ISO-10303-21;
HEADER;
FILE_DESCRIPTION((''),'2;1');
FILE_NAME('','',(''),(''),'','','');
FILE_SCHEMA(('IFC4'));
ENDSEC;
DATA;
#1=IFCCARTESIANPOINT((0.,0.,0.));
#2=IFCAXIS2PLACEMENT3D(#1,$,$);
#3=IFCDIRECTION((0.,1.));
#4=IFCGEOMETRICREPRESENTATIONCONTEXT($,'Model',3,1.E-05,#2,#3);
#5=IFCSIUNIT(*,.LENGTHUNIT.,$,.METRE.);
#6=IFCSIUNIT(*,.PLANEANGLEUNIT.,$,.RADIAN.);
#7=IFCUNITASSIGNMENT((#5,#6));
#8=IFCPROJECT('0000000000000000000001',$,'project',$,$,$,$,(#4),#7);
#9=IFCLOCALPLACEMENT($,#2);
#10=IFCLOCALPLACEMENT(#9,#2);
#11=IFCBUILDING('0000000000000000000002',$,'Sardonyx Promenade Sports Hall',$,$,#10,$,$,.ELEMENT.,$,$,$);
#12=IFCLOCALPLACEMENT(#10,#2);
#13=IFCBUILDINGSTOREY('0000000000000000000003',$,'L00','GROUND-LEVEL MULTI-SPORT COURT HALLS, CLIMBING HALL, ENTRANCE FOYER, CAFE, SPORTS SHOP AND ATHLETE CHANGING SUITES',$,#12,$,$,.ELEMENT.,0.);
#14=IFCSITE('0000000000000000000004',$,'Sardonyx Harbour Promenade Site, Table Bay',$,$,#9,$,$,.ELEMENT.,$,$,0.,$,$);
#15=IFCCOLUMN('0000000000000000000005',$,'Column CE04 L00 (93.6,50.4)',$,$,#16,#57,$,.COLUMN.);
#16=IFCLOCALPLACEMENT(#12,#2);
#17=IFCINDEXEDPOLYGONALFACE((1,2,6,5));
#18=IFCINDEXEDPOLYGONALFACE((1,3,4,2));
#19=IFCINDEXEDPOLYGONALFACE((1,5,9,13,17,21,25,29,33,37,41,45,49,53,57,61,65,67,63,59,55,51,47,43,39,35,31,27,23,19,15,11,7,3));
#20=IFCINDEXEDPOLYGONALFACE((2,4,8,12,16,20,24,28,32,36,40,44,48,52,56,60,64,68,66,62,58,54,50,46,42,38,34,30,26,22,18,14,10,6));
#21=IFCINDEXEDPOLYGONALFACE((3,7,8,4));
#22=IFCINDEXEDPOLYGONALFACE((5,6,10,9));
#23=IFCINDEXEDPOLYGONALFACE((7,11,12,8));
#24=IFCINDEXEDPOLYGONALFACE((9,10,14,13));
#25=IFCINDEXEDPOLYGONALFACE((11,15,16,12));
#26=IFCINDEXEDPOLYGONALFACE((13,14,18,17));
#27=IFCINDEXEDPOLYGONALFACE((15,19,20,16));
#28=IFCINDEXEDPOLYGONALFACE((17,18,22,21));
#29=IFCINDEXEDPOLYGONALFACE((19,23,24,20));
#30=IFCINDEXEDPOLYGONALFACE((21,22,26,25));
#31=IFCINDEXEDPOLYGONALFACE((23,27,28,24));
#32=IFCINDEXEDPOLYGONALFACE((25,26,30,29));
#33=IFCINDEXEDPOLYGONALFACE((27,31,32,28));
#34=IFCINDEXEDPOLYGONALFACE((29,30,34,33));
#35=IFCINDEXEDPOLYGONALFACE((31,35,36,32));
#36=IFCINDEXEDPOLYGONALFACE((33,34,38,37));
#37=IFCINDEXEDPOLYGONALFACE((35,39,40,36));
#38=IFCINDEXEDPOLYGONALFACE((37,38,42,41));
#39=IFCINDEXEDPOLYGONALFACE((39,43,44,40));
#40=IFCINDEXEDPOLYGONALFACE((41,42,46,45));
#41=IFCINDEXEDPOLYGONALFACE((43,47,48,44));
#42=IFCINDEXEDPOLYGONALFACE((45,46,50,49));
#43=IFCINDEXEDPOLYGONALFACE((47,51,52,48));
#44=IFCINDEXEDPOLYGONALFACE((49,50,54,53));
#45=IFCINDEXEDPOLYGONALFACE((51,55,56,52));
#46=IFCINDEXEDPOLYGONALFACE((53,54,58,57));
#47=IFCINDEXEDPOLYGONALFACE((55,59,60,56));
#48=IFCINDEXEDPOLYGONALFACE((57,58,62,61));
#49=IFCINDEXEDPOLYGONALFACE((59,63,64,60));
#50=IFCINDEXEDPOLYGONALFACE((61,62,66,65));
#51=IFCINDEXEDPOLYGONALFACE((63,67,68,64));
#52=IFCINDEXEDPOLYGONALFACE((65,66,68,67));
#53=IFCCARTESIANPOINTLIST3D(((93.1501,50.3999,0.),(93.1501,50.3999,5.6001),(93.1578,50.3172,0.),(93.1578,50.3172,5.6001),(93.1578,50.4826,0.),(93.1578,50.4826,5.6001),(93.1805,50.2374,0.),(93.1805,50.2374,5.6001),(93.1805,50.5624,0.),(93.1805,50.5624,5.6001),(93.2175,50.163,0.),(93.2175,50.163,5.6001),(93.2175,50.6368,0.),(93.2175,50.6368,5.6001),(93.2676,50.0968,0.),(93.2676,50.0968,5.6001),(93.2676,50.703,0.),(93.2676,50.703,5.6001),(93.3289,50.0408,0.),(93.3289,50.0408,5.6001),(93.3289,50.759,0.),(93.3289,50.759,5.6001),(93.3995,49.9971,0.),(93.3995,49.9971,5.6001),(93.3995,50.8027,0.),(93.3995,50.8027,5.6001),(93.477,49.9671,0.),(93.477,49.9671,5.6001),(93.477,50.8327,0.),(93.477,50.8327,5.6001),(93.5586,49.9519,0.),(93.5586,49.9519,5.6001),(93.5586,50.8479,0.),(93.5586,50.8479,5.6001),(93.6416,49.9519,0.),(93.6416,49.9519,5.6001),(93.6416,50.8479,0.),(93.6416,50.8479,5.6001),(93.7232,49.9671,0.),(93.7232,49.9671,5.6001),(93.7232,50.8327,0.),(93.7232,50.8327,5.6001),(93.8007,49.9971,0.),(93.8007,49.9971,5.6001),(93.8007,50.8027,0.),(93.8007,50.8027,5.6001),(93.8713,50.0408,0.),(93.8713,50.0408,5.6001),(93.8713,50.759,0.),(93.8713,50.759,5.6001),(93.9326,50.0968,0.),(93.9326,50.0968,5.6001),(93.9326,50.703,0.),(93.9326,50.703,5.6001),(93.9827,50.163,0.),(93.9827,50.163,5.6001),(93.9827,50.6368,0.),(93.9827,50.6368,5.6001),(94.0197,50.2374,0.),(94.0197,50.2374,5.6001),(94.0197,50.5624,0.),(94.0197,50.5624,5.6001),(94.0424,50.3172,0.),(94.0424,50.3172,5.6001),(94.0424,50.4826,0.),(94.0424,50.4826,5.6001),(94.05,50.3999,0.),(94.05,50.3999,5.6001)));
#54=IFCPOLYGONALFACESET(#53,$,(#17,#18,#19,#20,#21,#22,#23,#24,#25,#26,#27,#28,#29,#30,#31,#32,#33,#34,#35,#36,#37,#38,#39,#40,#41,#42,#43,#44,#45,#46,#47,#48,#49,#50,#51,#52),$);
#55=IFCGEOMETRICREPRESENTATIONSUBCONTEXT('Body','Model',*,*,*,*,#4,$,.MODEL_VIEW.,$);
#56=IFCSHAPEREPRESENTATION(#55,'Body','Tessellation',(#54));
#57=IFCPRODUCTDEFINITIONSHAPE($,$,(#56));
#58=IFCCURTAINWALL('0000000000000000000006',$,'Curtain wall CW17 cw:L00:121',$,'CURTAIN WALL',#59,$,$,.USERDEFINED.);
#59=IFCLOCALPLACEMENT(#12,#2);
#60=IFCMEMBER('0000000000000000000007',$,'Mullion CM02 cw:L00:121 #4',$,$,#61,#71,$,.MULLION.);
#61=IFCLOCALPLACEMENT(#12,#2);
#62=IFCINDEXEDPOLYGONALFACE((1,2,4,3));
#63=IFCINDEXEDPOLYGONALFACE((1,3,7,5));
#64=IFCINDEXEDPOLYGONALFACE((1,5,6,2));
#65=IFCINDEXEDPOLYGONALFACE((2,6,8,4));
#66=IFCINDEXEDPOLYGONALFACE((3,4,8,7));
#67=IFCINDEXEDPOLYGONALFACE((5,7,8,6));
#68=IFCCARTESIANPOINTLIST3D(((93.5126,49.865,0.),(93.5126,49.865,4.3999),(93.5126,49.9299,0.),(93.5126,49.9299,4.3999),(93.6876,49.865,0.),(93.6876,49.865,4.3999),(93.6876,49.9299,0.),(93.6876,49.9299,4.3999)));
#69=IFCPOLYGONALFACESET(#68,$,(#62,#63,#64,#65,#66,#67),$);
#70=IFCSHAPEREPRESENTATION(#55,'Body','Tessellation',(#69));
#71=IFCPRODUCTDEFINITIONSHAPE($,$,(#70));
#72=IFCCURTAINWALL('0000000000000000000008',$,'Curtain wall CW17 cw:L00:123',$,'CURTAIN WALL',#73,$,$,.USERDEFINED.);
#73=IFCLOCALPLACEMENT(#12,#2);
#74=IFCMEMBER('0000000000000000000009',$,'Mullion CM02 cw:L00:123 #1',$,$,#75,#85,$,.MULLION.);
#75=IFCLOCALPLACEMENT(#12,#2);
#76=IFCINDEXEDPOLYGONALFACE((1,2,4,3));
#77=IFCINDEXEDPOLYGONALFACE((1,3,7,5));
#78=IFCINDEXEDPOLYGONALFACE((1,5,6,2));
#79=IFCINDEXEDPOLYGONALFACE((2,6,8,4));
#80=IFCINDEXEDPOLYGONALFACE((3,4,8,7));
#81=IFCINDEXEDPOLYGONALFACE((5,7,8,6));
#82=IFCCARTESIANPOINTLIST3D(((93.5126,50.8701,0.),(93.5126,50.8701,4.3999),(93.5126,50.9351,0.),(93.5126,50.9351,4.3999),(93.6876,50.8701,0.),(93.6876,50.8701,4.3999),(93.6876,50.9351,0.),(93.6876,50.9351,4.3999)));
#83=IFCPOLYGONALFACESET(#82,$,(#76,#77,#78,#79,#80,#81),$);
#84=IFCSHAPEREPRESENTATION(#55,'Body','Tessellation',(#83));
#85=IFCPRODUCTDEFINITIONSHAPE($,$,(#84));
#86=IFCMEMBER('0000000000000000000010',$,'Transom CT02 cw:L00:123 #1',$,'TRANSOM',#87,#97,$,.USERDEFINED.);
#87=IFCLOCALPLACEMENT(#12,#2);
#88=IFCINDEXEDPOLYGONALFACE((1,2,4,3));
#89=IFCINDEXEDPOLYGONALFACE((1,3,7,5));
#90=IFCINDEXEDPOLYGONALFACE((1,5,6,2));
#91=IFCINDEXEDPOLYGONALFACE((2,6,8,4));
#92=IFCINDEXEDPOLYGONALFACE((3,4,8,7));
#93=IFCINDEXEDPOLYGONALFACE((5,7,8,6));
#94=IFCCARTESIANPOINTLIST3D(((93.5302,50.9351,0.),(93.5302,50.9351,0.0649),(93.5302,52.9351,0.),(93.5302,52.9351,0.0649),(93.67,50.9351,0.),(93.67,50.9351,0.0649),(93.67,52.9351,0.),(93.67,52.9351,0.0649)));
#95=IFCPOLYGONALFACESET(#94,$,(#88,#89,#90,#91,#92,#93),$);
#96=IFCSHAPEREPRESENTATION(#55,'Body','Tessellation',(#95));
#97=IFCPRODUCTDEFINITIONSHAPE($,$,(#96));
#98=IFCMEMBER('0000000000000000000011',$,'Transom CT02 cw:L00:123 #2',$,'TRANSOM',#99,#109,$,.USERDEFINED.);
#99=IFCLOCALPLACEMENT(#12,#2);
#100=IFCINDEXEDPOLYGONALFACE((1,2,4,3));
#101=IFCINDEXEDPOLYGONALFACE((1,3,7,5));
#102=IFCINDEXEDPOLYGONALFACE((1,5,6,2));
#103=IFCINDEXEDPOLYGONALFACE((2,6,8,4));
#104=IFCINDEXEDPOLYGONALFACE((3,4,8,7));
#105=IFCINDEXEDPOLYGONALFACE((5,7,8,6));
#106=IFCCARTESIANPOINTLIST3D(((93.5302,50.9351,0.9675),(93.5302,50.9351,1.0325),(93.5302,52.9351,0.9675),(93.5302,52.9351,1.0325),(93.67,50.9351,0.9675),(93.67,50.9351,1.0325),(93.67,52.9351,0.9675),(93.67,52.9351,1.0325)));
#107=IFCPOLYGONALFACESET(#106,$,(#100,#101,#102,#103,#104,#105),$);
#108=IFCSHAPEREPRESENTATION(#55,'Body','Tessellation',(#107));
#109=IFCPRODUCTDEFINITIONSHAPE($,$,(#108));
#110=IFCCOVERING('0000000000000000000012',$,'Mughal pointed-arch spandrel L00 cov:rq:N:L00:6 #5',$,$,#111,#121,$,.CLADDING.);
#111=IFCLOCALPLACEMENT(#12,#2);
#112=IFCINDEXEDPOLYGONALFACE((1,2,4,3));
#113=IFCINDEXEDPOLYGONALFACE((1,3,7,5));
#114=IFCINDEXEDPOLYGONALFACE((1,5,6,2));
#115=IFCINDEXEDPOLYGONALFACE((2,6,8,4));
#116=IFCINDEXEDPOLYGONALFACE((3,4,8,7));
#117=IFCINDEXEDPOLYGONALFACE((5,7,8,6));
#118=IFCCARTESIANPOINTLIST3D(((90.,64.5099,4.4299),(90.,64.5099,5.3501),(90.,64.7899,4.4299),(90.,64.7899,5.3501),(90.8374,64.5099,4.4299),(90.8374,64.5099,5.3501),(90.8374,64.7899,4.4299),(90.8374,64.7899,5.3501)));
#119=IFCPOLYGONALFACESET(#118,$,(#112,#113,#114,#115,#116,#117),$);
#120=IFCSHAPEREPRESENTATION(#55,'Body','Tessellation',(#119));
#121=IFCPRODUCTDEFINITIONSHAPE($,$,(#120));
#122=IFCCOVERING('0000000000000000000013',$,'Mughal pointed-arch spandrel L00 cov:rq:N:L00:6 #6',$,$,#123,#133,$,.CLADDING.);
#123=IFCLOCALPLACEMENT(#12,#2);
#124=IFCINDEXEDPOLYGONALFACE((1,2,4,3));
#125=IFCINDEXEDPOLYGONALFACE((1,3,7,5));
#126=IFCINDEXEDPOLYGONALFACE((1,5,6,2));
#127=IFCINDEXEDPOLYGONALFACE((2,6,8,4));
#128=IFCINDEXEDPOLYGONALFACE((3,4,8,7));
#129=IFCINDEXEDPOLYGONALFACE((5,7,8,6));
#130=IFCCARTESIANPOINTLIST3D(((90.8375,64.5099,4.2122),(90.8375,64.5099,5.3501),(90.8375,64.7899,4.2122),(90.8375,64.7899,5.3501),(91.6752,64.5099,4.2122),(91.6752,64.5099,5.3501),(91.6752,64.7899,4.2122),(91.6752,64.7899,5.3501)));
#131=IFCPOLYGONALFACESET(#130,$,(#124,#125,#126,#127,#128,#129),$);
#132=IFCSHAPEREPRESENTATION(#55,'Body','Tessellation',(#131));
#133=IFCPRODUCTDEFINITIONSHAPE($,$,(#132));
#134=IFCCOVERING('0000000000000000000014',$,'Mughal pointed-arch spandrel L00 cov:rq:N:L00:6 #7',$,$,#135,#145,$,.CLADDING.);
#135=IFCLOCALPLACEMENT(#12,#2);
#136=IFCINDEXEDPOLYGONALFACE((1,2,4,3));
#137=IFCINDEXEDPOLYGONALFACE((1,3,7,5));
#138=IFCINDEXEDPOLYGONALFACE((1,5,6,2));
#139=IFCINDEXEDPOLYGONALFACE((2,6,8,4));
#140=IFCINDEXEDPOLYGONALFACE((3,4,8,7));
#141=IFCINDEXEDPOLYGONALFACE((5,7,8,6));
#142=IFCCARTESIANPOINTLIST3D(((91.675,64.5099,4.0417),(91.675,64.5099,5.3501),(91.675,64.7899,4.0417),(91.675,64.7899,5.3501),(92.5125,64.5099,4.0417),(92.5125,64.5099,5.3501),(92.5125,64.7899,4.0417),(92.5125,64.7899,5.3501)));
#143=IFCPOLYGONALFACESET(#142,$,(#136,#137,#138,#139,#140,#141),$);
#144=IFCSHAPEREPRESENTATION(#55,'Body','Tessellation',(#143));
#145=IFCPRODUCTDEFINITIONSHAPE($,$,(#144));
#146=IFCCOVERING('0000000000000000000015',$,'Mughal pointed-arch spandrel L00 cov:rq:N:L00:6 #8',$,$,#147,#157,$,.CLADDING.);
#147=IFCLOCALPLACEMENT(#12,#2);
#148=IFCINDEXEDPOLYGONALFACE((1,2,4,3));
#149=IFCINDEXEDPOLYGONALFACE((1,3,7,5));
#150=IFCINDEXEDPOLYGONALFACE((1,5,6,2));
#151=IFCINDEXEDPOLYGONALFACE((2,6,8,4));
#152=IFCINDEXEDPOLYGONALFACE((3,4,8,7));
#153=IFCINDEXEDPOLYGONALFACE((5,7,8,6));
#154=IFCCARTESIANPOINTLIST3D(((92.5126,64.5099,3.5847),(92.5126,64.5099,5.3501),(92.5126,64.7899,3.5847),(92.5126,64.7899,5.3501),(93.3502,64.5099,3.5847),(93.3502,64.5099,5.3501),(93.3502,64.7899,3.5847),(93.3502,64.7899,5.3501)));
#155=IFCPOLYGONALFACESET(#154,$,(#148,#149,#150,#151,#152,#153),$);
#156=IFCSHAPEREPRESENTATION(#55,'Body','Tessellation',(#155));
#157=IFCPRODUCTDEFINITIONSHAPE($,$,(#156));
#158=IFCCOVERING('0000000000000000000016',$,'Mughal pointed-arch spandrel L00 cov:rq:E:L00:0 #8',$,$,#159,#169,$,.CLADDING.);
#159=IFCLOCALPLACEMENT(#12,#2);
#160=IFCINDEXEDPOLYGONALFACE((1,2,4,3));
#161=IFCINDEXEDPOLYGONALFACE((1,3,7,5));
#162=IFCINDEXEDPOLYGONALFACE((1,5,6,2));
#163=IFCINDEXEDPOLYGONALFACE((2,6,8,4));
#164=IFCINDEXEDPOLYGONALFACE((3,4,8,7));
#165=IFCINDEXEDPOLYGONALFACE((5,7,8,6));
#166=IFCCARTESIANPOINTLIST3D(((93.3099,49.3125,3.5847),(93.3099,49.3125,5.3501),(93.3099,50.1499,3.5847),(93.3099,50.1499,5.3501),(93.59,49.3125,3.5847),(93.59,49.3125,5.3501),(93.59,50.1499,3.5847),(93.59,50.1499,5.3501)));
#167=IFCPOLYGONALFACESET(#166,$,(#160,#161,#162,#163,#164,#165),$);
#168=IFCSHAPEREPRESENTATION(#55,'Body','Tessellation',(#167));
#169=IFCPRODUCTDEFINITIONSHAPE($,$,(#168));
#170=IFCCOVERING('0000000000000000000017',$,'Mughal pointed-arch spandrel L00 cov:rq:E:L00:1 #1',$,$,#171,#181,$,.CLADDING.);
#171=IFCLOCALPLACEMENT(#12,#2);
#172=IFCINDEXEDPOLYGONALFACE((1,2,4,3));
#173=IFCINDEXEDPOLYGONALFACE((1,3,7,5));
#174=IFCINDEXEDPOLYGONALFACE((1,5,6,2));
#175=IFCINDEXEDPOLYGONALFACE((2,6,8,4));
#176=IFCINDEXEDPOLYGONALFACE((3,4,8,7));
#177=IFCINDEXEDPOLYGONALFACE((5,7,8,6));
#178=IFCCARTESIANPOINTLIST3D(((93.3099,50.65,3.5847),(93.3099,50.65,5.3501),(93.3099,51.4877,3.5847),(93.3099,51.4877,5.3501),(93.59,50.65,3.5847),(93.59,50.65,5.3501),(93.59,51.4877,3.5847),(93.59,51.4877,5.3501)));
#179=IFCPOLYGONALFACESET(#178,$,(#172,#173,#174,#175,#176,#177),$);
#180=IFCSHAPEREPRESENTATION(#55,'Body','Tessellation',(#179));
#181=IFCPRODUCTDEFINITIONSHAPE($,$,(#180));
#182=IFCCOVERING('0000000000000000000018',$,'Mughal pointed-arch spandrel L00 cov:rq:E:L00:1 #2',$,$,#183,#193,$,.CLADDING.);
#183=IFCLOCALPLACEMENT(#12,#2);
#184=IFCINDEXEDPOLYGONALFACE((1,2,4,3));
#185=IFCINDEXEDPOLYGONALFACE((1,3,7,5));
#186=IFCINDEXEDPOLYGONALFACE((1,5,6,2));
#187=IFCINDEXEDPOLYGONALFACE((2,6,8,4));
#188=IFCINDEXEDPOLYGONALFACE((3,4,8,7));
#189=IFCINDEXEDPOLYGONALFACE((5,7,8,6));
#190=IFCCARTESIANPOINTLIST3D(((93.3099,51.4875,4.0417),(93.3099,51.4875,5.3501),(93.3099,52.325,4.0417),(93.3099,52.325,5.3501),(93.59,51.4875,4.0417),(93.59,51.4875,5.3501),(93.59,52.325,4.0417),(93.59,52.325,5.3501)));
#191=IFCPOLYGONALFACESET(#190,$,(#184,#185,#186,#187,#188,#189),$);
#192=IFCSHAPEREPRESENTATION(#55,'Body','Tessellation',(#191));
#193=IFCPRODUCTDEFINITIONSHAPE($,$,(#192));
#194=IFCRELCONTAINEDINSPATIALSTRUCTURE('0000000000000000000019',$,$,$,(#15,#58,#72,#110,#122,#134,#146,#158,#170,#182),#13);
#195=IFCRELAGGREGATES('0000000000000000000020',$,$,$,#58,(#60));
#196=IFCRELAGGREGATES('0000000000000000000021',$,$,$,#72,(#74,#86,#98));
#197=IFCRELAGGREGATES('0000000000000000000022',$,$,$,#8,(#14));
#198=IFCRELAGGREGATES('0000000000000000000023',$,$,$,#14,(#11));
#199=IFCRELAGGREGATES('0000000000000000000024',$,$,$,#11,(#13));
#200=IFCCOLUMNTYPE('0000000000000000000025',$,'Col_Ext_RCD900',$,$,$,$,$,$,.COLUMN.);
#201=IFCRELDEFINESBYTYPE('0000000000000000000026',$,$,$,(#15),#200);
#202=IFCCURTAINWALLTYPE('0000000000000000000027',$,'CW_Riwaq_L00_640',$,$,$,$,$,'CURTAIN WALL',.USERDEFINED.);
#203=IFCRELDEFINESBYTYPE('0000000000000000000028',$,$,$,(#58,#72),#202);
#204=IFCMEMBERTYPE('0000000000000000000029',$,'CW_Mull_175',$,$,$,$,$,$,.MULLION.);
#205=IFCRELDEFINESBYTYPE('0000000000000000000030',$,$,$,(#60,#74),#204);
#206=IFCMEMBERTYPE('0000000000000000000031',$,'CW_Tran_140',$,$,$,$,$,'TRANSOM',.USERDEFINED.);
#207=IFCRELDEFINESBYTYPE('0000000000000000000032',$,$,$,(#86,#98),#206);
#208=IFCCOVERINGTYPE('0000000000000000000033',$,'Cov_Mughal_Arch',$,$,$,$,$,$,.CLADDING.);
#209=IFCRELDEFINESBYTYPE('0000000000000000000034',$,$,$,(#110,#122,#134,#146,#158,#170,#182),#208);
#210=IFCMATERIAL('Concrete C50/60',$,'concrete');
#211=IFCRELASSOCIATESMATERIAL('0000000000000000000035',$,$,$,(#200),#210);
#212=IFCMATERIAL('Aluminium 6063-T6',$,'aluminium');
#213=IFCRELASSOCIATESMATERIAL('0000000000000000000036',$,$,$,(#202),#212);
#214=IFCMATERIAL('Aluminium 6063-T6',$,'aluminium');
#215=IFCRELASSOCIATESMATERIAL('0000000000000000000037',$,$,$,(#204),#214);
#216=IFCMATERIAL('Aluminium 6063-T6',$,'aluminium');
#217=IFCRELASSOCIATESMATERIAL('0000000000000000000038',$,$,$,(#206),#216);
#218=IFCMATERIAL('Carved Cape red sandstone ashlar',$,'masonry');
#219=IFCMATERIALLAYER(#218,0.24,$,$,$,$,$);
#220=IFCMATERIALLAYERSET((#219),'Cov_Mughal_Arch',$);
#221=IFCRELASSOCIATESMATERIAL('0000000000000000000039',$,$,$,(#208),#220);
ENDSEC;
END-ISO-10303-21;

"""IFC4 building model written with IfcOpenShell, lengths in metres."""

from ifc_helpers import new_model, si_unit, direction, frame, frame_2d, origin, origin_2d, place, context, subcontext, project, spatial, rectangle, circle, extrude, material, layer, layer_set, material_profile, profile_set, type_object, element, aggregate, save


model = new_model("IFC4")

# Units and contexts
model_context = context("Model", 3, precision=1e-05, world=origin(), true_north=direction((0.0, 1.0)))
body_context = subcontext(model_context, "Body", "Model", "MODEL_VIEW")
ifc_project = project(units=[si_unit("LENGTHUNIT", "METRE"), si_unit("PLANEANGLEUNIT", "RADIAN")], contexts=[model_context])

# Site, building, storey
site_placement = place(None, origin())
site = spatial("IfcSite", under=ifc_project, at=site_placement, Name="Sardonyx Harbour Promenade Site, Table Bay", CompositionType="ELEMENT", RefElevation=0.0)
building_placement = place(site_placement, origin())
building = spatial("IfcBuilding", under=site, at=building_placement, Name="Sardonyx Promenade Sports Hall", CompositionType="ELEMENT")
storey_placement = place(building_placement, origin())
storey = spatial("IfcBuildingStorey", under=building, at=storey_placement, Name="L00", Description="GROUND-LEVEL MULTI-SPORT COURT HALLS, CLIMBING HALL, ENTRANCE FOYER, CAFE, SPORTS SHOP AND ATHLETE CHANGING SUITES", CompositionType="ELEMENT", Elevation=0.0)

# Column
ifc_material_1 = material(Name="Concrete C50/60", Category="concrete")
ifc_material_profile_1 = material_profile(ifc_material_1, circle(Radius=0.45, at=origin_2d()))
ifc_profile_set_1 = profile_set([ifc_material_profile_1], Name="Concrete C50/60")
column_type = type_object("IfcColumnType", Name="Col_Ext_RCD900", PredefinedType="COLUMN", material=ifc_profile_set_1)
column_placement = place(storey_placement, frame((93.6001, 50.3999, 0.0), z_axis=(0.0, 0.0, 1.0), x_axis=(1.0, 0.0, 0.0)))
element("IfcColumn", 1, at=column_placement, inside=storey, type_object=column_type, Name="Column CE04 L00 (93.6,50.4)", PredefinedType="COLUMN", context=body_context, shape_type="SweptSolid", body=[
    extrude(circle(Radius=0.45, at=origin_2d()), origin(), (0.0, 0.0, 1.0), 5.6001),
])

# Curtain wall, member
ifc_material_2 = material(Name="Aluminium 6063-T6", Category="aluminium")
curtain_wall_type = type_object("IfcCurtainWallType", Name="CW_Riwaq_L00_640", ElementType="CURTAIN WALL", PredefinedType="USERDEFINED", material=ifc_material_2)
curtain_wall_1_placement = place(storey_placement, origin())
curtain_wall_1 = element("IfcCurtainWall", 2, at=curtain_wall_1_placement, inside=storey, type_object=curtain_wall_type, Name="Curtain wall CW17 cw:L00:121", ObjectType="CURTAIN WALL", PredefinedType="USERDEFINED")
ifc_material_3 = material(Name="Aluminium 6063-T6", Category="aluminium")
ifc_material_profile_2 = material_profile(ifc_material_3, rectangle(XDim=0.0649, YDim=0.175, at=origin_2d()))
ifc_profile_set_2 = profile_set([ifc_material_profile_2], Name="Aluminium 6063-T6")
member_type_1 = type_object("IfcMemberType", Name="CW_Mull_175", PredefinedType="MULLION", material=ifc_profile_set_2)
member_1_placement = place(storey_placement, frame((93.6001, 49.8975, 0.0), z_axis=(0.0, 0.0, 1.0), x_axis=(0.0, 1.0, 0.0)))
member_1 = element("IfcMember", 3, at=member_1_placement, type_object=member_type_1, Name="Mullion CM02 cw:L00:121 #4", PredefinedType="MULLION", context=body_context, shape_type="SweptSolid", body=[
    extrude(rectangle(XDim=0.0649, YDim=0.175, at=origin_2d()), origin(), (0.0, 0.0, 1.0), 4.3999),
])
aggregate(curtain_wall_1, [member_1])

# Curtain wall, members
curtain_wall_2_placement = place(storey_placement, origin())
curtain_wall_2 = element("IfcCurtainWall", 4, at=curtain_wall_2_placement, inside=storey, type_object=curtain_wall_type, Name="Curtain wall CW17 cw:L00:123", ObjectType="CURTAIN WALL", PredefinedType="USERDEFINED")
member_2_placement = place(storey_placement, frame((93.6001, 50.9026, 0.0), z_axis=(0.0, 0.0, 1.0), x_axis=(0.0, 1.0, 0.0)))
member_2 = element("IfcMember", 5, at=member_2_placement, type_object=member_type_1, Name="Mullion CM02 cw:L00:123 #1", PredefinedType="MULLION", context=body_context, shape_type="SweptSolid", body=[
    extrude(rectangle(XDim=0.0649, YDim=0.175, at=origin_2d()), origin(), (0.0, 0.0, 1.0), 4.3999),
])
ifc_material_4 = material(Name="Aluminium 6063-T6", Category="aluminium")
ifc_material_profile_3 = material_profile(ifc_material_4, rectangle(XDim=0.0649, YDim=0.1399, at=origin_2d()))
ifc_profile_set_3 = profile_set([ifc_material_profile_3], Name="Aluminium 6063-T6")
member_type_2 = type_object("IfcMemberType", Name="CW_Tran_140", ElementType="TRANSOM", PredefinedType="USERDEFINED", material=ifc_profile_set_3)
member_3_placement = place(storey_placement, frame((93.6001, 50.9351, 0.0325), z_axis=(0.0, 1.0, 0.0), x_axis=(0.0, 0.0, 1.0)))
member_3 = element("IfcMember", 6, at=member_3_placement, type_object=member_type_2, Name="Transom CT02 cw:L00:123 #1", ObjectType="TRANSOM", PredefinedType="USERDEFINED", context=body_context, shape_type="SweptSolid", body=[
    extrude(rectangle(XDim=0.0649, YDim=0.1399, at=origin_2d()), origin(), (0.0, 0.0, 1.0), 2.0),
])
member_4_placement = place(storey_placement, frame((93.6001, 50.9351, 1.0), z_axis=(0.0, 1.0, 0.0), x_axis=(0.0, 0.0, 1.0)))
member_4 = element("IfcMember", 7, at=member_4_placement, type_object=member_type_2, Name="Transom CT02 cw:L00:123 #2", ObjectType="TRANSOM", PredefinedType="USERDEFINED", context=body_context, shape_type="SweptSolid", body=[
    extrude(rectangle(XDim=0.0649, YDim=0.1399, at=origin_2d()), origin(), (0.0, 0.0, 1.0), 2.0),
])
aggregate(curtain_wall_2, [member_2, member_3, member_4])

# Coverings
ifc_material_5 = material(Name="Carved Cape red sandstone ashlar", Category="masonry")
ifc_layer = layer(ifc_material_5, 0.24)
ifc_layer_set = layer_set([ifc_layer], Name="Cov_Mughal_Arch")
covering_type = type_object("IfcCoveringType", Name="Cov_Mughal_Arch", PredefinedType="CLADDING", material=ifc_layer_set)
covering_1_placement = place(storey_placement, frame((90.0, 64.6499, 4.4299), z_axis=(0.0, 0.0, 1.0), x_axis=(1.0, 0.0, 0.0)))
element("IfcCovering", 8, at=covering_1_placement, inside=storey, type_object=covering_type, Name="Mughal pointed-arch spandrel L00 cov:rq:N:L00:6 #5", PredefinedType="CLADDING", context=body_context, shape_type="SweptSolid", body=[
    extrude(rectangle(XDim=0.8374, YDim=0.28, at=frame_2d((0.4187, 0.0))), origin(), (0.0, 0.0, 1.0), 0.9202),
])
covering_2_placement = place(storey_placement, frame((90.8374, 64.6499, 4.2122), z_axis=(0.0, 0.0, 1.0), x_axis=(1.0, 0.0, 0.0)))
element("IfcCovering", 9, at=covering_2_placement, inside=storey, type_object=covering_type, Name="Mughal pointed-arch spandrel L00 cov:rq:N:L00:6 #6", PredefinedType="CLADDING", context=body_context, shape_type="SweptSolid", body=[
    extrude(rectangle(XDim=0.8376, YDim=0.28, at=frame_2d((0.4189, 0.0))), origin(), (0.0, 0.0, 1.0), 1.1379),
])
covering_3_placement = place(storey_placement, frame((91.675, 64.6499, 4.0417), z_axis=(0.0, 0.0, 1.0), x_axis=(1.0, 0.0, 0.0)))
element("IfcCovering", 10, at=covering_3_placement, inside=storey, type_object=covering_type, Name="Mughal pointed-arch spandrel L00 cov:rq:N:L00:6 #7", PredefinedType="CLADDING", context=body_context, shape_type="SweptSolid", body=[
    extrude(rectangle(XDim=0.8374, YDim=0.28, at=frame_2d((0.4187, 0.0))), origin(), (0.0, 0.0, 1.0), 1.3083),
])
covering_4_placement = place(storey_placement, frame((92.5125, 64.6499, 3.5847), z_axis=(0.0, 0.0, 1.0), x_axis=(1.0, 0.0, 0.0)))
element("IfcCovering", 11, at=covering_4_placement, inside=storey, type_object=covering_type, Name="Mughal pointed-arch spandrel L00 cov:rq:N:L00:6 #8", PredefinedType="CLADDING", context=body_context, shape_type="SweptSolid", body=[
    extrude(rectangle(XDim=0.8376, YDim=0.28, at=frame_2d((0.4189, 0.0))), origin(), (0.0, 0.0, 1.0), 1.7654),
])
covering_5_placement = place(storey_placement, frame((93.45, 49.3125, 3.5847), z_axis=(0.0, 0.0, 1.0), x_axis=(0.0, 1.0, 0.0)))
element("IfcCovering", 12, at=covering_5_placement, inside=storey, type_object=covering_type, Name="Mughal pointed-arch spandrel L00 cov:rq:E:L00:0 #8", PredefinedType="CLADDING", context=body_context, shape_type="SweptSolid", body=[
    extrude(rectangle(XDim=0.8374, YDim=0.28, at=frame_2d((0.4187, 0.0))), origin(), (0.0, 0.0, 1.0), 1.7654),
])
covering_6_placement = place(storey_placement, frame((93.45, 50.6499, 3.5847), z_axis=(0.0, 0.0, 1.0), x_axis=(0.0, 1.0, 0.0)))
element("IfcCovering", 13, at=covering_6_placement, inside=storey, type_object=covering_type, Name="Mughal pointed-arch spandrel L00 cov:rq:E:L00:1 #1", PredefinedType="CLADDING", context=body_context, shape_type="SweptSolid", body=[
    extrude(rectangle(XDim=0.8376, YDim=0.28, at=frame_2d((0.4189, 0.0))), origin(), (0.0, 0.0, 1.0), 1.7654),
])
covering_7_placement = place(storey_placement, frame((93.45, 51.4875, 4.0417), z_axis=(0.0, 0.0, 1.0), x_axis=(0.0, 1.0, 0.0)))
element("IfcCovering", 14, at=covering_7_placement, inside=storey, type_object=covering_type, Name="Mughal pointed-arch spandrel L00 cov:rq:E:L00:1 #2", PredefinedType="CLADDING", context=body_context, shape_type="SweptSolid", body=[
    extrude(rectangle(XDim=0.8374, YDim=0.28, at=frame_2d((0.4187, 0.0))), origin(), (0.0, 0.0, 1.0), 1.3083),
])

save(model, "model.ifc")
